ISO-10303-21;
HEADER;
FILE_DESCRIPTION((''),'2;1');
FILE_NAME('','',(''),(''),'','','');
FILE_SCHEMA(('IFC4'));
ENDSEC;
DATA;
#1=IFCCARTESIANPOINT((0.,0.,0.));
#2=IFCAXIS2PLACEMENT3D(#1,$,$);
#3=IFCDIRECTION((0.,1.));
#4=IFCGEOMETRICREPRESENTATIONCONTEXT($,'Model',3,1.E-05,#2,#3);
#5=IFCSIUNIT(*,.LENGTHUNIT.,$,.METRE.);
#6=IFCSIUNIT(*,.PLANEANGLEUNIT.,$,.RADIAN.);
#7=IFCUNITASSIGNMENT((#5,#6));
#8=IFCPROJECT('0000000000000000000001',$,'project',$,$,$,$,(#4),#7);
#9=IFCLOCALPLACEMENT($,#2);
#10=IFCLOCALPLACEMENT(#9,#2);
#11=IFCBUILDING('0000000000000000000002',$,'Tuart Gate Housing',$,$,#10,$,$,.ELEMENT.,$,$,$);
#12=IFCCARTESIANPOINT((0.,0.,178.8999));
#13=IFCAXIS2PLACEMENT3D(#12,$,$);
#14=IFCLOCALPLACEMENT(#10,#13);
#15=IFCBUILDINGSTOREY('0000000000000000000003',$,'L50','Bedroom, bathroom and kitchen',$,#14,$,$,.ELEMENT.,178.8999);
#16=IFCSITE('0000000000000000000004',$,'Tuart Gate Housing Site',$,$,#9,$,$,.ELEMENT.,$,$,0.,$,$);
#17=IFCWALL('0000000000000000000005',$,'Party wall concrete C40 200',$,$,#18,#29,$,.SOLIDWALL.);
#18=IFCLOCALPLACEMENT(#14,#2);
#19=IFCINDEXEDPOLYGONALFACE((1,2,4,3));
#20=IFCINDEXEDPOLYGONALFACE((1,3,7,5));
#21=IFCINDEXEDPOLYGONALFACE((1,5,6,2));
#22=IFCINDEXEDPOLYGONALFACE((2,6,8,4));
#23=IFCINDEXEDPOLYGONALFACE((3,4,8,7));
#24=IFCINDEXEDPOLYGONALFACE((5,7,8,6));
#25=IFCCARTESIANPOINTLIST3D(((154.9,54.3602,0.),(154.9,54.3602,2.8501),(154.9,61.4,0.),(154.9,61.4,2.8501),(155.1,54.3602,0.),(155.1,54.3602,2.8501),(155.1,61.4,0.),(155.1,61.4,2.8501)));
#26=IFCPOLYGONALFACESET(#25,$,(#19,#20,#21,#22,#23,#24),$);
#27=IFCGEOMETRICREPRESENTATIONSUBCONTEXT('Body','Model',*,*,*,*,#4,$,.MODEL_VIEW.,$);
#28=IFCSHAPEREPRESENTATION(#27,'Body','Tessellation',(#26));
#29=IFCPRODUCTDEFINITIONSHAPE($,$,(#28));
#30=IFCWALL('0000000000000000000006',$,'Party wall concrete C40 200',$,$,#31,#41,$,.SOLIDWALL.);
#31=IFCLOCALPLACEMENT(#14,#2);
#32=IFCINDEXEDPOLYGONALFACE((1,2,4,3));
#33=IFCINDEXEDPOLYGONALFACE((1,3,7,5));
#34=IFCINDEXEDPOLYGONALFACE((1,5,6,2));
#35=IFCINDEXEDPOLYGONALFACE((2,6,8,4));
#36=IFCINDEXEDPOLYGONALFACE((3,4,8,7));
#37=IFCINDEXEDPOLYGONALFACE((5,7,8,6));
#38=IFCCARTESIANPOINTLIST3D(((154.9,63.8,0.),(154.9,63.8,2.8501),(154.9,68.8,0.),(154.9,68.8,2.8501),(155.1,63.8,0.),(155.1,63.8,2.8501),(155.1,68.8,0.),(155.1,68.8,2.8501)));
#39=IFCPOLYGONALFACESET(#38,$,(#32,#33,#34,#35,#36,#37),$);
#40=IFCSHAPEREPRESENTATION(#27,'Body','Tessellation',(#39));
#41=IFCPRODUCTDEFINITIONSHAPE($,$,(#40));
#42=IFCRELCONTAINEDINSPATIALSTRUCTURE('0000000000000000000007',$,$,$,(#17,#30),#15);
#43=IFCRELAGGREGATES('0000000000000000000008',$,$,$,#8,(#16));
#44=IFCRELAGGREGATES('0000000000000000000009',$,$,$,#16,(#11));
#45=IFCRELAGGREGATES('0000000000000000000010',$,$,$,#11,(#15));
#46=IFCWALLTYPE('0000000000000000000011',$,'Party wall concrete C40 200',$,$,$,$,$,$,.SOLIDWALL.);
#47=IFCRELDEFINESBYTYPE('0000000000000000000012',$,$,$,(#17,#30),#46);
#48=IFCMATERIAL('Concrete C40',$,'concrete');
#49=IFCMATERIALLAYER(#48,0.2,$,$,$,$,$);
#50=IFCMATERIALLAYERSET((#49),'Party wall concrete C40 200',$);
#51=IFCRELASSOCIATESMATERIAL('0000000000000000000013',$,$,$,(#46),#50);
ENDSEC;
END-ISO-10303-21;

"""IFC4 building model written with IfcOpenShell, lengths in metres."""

from ifc_helpers import new_model, si_unit, direction, frame, frame_2d, origin, place, context, subcontext, project, spatial, rectangle, extrude, material, layer, layer_set, type_object, element, save


model = new_model("IFC4")

# Units and contexts
model_context = context("Model", 3, precision=1e-05, world=origin(), true_north=direction((0.0, 1.0)))
body_context = subcontext(model_context, "Body", "Model", "MODEL_VIEW")
ifc_project = project(units=[si_unit("LENGTHUNIT", "METRE"), si_unit("PLANEANGLEUNIT", "RADIAN")], contexts=[model_context])

# Site, building, storey
site_placement = place(None, origin())
site = spatial("IfcSite", under=ifc_project, at=site_placement, Name="Tuart Gate Housing Site", CompositionType="ELEMENT", RefElevation=0.0)
building_placement = place(site_placement, origin())
building = spatial("IfcBuilding", under=site, at=building_placement, Name="Tuart Gate Housing", CompositionType="ELEMENT")
storey_placement = place(building_placement, frame((0.0, 0.0, 178.8999)))
storey = spatial("IfcBuildingStorey", under=building, at=storey_placement, Name="L50", Description="Bedroom, bathroom and kitchen", CompositionType="ELEMENT", Elevation=178.8999)

# Walls
ifc_material_1 = material(Name="Concrete C40", Category="concrete")
ifc_layer_1 = layer(ifc_material_1, 0.2)
ifc_layer_set_1 = layer_set([ifc_layer_1], Name="Party wall concrete C40 200")
wall_type_1 = type_object("IfcWallType", Name="Party wall concrete C40 200", PredefinedType="SOLIDWALL", material=ifc_layer_set_1)
wall_1_placement = place(storey_placement, frame((155.0, 54.3601, 0.0), z_axis=(0.0, 0.0, 1.0), x_axis=(0.0, 1.0, 0.0)))
element("IfcWall", 1, at=wall_1_placement, inside=storey, type_object=wall_type_1, Name="Party wall concrete C40 200", PredefinedType="SOLIDWALL", context=body_context, shape_type="SweptSolid", body=[
    extrude(rectangle(XDim=7.0398, YDim=0.2, at=frame_2d((3.52, 0.0))), origin(), (0.0, 0.0, 1.0), 2.8501),
])
wall_2_placement = place(storey_placement, frame((155.0, 63.8, 0.0), z_axis=(0.0, 0.0, 1.0), x_axis=(0.0, 1.0, 0.0)))
element("IfcWall", 2, at=wall_2_placement, inside=storey, type_object=wall_type_1, Name="Party wall concrete C40 200", PredefinedType="SOLIDWALL", context=body_context, shape_type="SweptSolid", body=[
    extrude(rectangle(XDim=5.0, YDim=0.2, at=frame_2d((2.5, 0.0))), origin(), (0.0, 0.0, 1.0), 2.8501),
])

save(model, "model.ifc")
